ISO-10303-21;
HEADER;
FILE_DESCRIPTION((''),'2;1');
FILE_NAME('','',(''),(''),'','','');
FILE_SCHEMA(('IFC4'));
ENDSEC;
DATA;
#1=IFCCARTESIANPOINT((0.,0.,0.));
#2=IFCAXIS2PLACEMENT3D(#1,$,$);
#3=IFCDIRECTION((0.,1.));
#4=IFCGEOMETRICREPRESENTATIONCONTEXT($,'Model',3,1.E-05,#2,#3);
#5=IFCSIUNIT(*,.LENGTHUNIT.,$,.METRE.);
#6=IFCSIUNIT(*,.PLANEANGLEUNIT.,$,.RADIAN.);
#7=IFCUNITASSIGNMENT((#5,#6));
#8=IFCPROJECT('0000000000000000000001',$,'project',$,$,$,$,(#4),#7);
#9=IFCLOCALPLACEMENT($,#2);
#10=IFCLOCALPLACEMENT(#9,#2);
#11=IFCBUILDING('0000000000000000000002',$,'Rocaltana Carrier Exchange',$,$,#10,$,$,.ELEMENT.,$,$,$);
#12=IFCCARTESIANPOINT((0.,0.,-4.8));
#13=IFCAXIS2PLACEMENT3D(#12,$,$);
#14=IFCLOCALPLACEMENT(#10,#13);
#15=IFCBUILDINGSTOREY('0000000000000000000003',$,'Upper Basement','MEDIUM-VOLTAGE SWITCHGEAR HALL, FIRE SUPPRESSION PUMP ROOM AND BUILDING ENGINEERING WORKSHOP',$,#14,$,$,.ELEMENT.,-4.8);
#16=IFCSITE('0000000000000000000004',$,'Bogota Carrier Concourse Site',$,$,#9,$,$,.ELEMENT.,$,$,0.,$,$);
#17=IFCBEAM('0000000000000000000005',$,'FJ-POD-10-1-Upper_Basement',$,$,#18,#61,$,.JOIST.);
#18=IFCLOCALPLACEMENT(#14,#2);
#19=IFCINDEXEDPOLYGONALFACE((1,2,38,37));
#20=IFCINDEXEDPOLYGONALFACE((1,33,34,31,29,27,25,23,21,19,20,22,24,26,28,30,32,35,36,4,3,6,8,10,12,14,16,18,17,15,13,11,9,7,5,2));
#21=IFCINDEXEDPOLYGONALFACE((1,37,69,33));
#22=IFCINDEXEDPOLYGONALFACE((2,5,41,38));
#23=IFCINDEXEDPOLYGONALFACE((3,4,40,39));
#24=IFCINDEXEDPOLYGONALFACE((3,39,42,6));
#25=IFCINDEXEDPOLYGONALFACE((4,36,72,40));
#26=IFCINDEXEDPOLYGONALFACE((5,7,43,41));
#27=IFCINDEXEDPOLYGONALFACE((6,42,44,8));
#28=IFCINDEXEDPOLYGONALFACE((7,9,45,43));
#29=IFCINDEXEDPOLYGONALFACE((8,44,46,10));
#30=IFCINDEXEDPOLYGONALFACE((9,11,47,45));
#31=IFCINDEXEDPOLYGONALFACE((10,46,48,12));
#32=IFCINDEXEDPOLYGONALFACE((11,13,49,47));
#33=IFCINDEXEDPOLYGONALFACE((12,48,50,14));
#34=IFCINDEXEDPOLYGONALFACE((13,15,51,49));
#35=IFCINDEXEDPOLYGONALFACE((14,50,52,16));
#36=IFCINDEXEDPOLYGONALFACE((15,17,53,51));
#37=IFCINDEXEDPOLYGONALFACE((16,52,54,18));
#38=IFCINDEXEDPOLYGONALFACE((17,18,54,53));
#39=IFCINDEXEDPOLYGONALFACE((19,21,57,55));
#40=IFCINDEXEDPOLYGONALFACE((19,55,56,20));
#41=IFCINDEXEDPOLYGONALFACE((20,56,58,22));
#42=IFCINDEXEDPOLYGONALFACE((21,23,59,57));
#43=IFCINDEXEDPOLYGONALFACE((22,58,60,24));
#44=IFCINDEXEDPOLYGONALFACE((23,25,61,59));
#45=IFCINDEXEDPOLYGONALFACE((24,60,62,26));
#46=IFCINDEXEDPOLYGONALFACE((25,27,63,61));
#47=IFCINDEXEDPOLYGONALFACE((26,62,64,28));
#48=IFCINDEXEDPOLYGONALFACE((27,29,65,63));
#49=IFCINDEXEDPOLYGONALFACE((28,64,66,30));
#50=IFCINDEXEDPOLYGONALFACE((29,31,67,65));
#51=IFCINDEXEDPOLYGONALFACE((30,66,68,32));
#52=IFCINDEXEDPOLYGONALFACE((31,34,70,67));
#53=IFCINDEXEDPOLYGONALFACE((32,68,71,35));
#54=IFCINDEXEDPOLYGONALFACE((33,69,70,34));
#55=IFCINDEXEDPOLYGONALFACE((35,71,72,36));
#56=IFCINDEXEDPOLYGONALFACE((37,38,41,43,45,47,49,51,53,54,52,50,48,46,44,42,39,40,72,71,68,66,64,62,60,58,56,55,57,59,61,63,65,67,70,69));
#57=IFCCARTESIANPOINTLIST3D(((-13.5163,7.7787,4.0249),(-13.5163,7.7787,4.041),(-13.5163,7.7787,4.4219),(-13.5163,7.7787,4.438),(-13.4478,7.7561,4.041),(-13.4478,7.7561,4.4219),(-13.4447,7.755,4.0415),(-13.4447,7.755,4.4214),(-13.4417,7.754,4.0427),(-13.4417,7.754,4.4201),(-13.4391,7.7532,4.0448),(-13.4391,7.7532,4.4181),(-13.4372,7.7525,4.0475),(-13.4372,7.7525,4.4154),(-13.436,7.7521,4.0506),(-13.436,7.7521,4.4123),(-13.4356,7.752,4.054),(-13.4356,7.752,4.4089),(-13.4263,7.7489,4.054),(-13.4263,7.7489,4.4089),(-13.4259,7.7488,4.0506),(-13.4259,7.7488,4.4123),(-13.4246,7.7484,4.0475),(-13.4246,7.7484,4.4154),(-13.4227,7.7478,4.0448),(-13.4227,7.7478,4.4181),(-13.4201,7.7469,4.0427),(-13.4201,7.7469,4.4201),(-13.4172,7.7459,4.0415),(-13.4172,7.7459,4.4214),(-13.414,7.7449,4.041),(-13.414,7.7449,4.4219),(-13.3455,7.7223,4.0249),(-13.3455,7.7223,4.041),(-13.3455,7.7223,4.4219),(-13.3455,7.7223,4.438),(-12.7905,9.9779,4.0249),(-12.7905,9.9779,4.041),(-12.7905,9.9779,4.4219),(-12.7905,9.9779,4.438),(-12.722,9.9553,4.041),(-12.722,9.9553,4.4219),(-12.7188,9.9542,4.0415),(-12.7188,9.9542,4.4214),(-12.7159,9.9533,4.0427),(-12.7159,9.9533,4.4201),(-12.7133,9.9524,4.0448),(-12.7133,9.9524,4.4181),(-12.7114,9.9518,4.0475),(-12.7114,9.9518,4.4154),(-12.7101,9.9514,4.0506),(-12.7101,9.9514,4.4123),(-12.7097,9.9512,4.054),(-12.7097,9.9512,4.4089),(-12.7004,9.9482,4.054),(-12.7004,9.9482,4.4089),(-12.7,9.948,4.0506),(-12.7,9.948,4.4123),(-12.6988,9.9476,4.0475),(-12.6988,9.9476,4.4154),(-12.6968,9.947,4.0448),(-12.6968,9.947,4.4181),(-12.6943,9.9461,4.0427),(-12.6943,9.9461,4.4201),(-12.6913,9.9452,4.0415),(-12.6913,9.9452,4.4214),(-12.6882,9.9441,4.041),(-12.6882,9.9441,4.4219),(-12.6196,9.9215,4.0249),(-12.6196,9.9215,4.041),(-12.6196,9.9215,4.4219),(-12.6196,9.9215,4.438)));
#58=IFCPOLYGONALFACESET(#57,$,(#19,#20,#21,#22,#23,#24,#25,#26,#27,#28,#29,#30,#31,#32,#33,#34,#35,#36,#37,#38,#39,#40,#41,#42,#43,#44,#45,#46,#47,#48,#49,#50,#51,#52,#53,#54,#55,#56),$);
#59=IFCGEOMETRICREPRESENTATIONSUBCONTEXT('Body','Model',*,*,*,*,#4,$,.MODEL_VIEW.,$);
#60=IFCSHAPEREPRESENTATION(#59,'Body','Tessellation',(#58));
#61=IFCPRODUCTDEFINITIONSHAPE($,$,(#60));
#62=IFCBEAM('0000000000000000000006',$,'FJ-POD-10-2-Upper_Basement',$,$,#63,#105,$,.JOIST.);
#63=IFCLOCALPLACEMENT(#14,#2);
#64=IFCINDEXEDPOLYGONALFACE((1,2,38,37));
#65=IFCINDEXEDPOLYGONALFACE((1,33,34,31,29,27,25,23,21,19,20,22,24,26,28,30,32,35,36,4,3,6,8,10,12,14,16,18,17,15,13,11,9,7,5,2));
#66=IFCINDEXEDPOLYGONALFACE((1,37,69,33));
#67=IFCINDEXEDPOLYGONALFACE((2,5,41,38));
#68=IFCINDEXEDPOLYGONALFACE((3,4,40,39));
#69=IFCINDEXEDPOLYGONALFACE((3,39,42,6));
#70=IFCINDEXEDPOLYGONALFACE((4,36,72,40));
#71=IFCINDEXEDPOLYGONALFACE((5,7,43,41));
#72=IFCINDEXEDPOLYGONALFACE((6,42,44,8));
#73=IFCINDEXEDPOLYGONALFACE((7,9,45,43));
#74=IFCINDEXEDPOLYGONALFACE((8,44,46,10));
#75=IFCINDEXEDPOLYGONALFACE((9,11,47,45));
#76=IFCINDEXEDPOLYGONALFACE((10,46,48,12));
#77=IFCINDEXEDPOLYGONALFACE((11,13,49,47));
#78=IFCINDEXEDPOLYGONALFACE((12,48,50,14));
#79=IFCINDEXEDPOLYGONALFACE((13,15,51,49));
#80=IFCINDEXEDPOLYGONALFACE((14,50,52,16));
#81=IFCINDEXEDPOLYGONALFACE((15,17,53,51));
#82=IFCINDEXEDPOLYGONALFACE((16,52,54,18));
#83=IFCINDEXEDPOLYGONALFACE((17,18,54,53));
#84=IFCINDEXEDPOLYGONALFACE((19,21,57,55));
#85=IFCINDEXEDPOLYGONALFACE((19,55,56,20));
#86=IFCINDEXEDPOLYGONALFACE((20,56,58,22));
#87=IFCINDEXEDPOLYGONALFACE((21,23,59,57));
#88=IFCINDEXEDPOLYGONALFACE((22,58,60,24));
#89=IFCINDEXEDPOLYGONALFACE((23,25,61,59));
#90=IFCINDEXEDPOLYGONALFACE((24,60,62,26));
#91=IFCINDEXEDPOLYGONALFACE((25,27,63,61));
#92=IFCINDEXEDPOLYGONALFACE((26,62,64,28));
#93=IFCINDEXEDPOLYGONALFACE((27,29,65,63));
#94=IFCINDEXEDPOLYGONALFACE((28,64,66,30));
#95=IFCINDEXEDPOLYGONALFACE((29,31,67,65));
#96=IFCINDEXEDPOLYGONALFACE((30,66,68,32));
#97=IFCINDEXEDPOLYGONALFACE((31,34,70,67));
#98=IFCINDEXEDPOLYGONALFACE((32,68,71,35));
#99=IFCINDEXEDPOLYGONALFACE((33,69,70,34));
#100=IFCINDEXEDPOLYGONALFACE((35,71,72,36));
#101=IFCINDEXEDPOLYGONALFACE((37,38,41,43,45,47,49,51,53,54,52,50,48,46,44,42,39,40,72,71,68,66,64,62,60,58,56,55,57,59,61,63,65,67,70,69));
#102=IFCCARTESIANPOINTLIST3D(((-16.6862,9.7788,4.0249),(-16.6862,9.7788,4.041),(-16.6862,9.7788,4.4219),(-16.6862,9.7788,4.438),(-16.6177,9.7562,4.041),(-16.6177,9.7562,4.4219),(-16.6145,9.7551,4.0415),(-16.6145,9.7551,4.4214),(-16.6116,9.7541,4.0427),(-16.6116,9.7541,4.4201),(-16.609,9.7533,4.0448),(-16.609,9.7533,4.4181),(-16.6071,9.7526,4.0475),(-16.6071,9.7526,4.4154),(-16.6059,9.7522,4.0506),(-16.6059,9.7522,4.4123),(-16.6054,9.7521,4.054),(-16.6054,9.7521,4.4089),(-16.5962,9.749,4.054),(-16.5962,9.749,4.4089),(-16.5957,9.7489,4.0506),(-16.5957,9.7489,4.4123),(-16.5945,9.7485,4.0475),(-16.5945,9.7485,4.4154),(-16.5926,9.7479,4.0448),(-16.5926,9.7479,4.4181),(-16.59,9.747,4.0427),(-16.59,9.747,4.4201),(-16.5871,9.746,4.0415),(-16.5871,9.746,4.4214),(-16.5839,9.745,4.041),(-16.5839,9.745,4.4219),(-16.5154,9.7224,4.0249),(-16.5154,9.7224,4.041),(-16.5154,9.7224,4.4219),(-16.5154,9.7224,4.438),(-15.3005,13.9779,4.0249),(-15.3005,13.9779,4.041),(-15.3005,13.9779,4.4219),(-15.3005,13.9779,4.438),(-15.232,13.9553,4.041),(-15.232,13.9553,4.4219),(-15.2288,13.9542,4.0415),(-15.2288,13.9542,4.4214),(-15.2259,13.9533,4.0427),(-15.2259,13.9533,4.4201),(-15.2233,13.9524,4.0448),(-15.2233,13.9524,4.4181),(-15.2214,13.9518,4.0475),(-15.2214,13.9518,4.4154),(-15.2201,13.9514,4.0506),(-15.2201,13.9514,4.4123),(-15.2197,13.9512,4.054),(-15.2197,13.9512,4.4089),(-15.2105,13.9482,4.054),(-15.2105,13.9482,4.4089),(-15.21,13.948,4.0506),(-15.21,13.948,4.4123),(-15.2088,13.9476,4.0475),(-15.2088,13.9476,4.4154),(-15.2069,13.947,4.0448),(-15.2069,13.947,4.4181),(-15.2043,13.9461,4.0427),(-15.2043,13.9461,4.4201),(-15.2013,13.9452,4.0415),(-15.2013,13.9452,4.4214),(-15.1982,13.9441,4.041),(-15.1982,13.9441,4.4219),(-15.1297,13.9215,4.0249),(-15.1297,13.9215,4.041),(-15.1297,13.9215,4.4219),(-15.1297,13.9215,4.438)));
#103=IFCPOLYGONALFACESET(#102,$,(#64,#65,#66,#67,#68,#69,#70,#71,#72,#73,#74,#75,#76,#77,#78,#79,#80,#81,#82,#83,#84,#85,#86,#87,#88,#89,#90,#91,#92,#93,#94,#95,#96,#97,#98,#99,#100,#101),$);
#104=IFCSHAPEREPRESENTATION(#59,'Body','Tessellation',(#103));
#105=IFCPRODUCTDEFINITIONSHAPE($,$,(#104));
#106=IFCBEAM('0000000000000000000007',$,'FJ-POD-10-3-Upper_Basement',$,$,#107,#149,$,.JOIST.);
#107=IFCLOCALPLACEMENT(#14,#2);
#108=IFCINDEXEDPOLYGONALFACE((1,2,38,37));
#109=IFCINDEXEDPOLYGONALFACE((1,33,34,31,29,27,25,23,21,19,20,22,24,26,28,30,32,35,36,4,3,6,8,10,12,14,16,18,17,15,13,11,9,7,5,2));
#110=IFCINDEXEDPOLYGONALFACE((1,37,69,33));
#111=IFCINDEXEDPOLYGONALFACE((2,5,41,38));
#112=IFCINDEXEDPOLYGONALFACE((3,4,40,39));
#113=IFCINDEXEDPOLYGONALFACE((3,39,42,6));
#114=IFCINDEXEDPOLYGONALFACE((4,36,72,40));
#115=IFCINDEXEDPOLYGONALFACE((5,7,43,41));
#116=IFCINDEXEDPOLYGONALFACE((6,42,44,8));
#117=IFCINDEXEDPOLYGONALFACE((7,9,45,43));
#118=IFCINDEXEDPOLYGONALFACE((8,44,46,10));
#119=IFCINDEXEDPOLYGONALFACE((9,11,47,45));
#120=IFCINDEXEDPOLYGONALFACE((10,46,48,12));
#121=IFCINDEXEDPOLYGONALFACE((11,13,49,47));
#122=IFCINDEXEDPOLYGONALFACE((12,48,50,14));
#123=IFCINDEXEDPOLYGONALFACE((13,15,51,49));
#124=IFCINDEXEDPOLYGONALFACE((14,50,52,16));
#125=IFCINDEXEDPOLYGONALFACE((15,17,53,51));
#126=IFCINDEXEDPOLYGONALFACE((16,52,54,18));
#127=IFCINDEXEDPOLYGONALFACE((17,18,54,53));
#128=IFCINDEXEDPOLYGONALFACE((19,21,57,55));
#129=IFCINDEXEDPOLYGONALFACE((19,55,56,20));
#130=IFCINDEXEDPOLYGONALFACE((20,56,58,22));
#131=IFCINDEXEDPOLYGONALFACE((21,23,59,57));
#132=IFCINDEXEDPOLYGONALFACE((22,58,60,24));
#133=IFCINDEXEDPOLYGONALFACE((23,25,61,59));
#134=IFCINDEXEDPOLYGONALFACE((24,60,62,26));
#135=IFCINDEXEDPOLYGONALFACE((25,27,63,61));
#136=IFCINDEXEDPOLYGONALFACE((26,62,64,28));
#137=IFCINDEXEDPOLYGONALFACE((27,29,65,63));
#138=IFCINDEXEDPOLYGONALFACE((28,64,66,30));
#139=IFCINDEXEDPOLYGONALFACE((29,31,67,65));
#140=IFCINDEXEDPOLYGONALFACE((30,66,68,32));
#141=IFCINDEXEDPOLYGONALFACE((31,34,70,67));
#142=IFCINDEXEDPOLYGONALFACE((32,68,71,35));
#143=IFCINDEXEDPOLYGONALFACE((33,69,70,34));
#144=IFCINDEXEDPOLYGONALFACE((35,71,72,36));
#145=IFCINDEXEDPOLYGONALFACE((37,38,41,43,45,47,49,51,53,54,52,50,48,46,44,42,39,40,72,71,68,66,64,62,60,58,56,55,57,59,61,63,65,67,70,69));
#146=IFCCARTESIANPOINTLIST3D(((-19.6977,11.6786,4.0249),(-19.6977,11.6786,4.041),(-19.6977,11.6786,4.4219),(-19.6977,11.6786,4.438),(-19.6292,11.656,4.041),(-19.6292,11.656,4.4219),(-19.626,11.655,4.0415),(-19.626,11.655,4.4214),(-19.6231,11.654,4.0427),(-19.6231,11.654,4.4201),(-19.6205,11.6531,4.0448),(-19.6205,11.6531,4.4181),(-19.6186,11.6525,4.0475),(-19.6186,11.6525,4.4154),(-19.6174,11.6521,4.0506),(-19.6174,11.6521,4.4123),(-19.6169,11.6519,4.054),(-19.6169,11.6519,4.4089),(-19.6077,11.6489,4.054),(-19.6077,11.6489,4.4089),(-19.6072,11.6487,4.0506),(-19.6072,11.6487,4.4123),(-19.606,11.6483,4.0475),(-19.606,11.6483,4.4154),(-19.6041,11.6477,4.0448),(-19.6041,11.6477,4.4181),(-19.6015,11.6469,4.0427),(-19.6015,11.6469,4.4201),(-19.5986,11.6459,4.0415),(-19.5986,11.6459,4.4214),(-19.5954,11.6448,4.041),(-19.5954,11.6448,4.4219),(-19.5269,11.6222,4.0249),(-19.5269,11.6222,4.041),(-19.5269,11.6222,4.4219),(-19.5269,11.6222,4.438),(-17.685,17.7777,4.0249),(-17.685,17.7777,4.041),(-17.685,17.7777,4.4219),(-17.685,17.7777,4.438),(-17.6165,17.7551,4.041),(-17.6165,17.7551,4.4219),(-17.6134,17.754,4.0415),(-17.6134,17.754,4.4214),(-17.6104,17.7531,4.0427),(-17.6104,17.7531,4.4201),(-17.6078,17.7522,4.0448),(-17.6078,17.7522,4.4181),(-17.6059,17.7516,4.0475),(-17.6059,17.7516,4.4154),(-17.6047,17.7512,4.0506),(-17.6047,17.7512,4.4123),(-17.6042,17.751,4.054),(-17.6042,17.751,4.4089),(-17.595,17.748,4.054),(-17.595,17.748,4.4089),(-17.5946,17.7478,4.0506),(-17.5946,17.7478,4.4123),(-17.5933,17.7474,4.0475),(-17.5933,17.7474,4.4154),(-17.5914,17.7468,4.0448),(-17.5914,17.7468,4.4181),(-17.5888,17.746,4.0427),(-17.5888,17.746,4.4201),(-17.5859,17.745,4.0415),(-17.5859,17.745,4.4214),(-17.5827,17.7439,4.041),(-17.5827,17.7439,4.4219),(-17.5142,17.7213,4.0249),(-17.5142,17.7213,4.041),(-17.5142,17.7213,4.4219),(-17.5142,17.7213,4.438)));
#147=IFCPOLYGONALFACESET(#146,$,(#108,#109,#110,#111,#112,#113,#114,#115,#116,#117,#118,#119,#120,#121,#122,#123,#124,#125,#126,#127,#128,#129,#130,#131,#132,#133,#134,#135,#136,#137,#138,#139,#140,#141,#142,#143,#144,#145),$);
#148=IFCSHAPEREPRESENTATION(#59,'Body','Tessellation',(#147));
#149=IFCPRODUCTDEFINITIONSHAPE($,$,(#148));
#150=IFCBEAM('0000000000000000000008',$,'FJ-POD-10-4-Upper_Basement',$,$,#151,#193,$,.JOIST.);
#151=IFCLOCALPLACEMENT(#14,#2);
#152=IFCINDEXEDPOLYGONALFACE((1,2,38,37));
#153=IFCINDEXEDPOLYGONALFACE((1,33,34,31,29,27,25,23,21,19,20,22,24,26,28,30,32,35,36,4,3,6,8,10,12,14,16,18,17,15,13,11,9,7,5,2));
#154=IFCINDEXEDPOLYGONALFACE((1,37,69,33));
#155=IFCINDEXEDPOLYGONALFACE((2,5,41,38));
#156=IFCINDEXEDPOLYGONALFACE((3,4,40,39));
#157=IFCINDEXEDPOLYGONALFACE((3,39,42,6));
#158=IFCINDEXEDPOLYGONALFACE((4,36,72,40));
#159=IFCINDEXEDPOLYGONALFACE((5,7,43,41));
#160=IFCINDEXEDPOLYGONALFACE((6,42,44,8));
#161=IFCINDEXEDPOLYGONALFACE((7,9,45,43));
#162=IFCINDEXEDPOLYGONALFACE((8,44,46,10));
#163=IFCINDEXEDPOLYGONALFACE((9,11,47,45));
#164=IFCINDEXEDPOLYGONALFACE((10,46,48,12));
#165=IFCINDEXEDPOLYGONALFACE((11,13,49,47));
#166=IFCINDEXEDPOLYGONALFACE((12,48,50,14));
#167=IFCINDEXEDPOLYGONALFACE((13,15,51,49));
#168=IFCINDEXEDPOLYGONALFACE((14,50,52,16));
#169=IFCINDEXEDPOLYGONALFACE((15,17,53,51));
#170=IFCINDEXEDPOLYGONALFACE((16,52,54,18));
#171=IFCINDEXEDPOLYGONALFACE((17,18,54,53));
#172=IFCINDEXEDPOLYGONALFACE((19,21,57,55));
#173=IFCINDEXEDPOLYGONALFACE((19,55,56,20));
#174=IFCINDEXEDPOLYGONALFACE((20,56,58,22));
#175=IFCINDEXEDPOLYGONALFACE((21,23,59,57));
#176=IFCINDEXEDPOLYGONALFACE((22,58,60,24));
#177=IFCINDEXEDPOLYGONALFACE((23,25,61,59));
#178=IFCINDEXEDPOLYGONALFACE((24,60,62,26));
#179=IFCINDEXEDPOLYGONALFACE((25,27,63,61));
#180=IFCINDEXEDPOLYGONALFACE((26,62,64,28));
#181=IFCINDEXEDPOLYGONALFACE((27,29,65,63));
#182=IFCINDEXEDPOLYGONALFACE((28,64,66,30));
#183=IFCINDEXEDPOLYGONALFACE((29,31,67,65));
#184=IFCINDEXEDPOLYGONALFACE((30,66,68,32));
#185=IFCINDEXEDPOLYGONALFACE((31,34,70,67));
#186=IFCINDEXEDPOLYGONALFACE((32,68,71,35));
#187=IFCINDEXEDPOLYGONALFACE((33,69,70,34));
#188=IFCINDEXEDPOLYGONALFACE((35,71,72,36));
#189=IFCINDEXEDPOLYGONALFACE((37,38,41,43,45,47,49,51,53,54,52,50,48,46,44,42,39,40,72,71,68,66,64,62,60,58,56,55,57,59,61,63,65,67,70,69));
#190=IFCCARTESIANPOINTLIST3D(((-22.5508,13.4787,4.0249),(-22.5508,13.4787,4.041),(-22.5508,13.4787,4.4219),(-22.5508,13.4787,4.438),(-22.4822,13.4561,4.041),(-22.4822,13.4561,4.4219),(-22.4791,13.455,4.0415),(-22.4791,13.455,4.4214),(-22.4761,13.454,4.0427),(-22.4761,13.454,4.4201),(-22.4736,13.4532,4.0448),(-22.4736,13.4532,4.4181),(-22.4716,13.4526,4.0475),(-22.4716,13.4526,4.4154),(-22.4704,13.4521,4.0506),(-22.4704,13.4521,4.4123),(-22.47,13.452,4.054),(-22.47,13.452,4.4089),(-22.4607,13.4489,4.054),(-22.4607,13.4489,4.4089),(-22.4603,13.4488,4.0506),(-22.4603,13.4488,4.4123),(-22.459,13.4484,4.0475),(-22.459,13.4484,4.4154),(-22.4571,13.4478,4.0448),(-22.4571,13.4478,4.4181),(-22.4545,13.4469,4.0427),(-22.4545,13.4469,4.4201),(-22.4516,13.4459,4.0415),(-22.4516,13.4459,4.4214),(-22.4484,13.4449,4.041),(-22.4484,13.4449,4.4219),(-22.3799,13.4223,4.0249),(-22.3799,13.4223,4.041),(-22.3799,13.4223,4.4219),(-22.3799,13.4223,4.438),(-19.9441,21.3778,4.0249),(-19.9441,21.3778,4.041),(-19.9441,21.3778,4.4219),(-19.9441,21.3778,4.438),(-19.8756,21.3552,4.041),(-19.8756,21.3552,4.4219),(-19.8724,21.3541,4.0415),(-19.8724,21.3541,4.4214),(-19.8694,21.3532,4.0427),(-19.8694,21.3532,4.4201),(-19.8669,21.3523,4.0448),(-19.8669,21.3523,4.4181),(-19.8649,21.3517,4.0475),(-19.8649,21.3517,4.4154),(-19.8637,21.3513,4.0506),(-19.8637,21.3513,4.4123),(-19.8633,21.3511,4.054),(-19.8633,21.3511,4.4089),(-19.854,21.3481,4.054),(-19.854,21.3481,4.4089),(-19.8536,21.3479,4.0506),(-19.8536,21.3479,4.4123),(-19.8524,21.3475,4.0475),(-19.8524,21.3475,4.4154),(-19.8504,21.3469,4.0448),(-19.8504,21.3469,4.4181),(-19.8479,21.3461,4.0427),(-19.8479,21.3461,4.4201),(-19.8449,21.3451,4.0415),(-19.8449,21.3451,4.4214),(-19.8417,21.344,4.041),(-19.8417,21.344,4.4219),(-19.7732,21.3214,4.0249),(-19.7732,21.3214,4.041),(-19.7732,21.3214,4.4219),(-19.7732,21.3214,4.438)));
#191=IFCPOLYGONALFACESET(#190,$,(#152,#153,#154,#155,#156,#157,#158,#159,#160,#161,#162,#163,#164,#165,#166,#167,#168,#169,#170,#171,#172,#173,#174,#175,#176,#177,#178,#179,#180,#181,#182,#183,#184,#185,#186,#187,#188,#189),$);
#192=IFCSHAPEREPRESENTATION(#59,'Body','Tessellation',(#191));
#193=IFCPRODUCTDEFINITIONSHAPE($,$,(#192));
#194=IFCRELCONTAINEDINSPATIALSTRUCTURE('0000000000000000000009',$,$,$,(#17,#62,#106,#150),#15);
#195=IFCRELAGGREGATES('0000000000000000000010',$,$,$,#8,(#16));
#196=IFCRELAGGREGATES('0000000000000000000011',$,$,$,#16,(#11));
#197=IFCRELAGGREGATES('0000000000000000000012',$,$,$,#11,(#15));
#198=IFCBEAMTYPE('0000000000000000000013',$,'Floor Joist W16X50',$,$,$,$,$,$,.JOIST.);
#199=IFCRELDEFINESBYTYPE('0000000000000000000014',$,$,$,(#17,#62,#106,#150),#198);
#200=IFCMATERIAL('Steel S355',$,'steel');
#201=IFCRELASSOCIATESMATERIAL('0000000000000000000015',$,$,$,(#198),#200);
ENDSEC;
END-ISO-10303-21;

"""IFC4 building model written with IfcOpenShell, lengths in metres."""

from ifc_helpers import new_model, si_unit, direction, frame, origin, origin_2d, place, context, subcontext, project, spatial, i_section, extrude, material, material_profile, profile_set, type_object, element, save


model = new_model("IFC4")

# Units and contexts
model_context = context("Model", 3, precision=1e-05, world=origin(), true_north=direction((0.0, 1.0)))
body_context = subcontext(model_context, "Body", "Model", "MODEL_VIEW")
ifc_project = project(units=[si_unit("LENGTHUNIT", "METRE"), si_unit("PLANEANGLEUNIT", "RADIAN")], contexts=[model_context])

# Site, building, storey
site_placement = place(None, origin())
site = spatial("IfcSite", under=ifc_project, at=site_placement, Name="Bogota Carrier Concourse Site", CompositionType="ELEMENT", RefElevation=0.0)
building_placement = place(site_placement, origin())
building = spatial("IfcBuilding", under=site, at=building_placement, Name="Rocaltana Carrier Exchange", CompositionType="ELEMENT")
storey_placement = place(building_placement, frame((0.0, 0.0, -4.8)))
storey = spatial("IfcBuildingStorey", under=building, at=storey_placement, Name="Upper Basement", Description="MEDIUM-VOLTAGE SWITCHGEAR HALL, FIRE SUPPRESSION PUMP ROOM AND BUILDING ENGINEERING WORKSHOP", CompositionType="ELEMENT", Elevation=-4.8)

# Beams
ifc_material_1 = material(Name="Steel S355", Category="steel")
ifc_material_profile_1 = material_profile(ifc_material_1, i_section(OverallWidth=0.1799, OverallDepth=0.4131, WebThickness=0.0098, FlangeThickness=0.0161, FilletRadius=0.0129, at=origin_2d()), Name="W16X50")
ifc_profile_set_1 = profile_set([ifc_material_profile_1], Name="Steel S355")
beam_type_1 = type_object("IfcBeamType", Name="Floor Joist W16X50", PredefinedType="JOIST", material=ifc_profile_set_1)
beam_1_placement = place(storey_placement, frame((-12.7051, 9.9497, 4.2314), z_axis=(-0.313412, -0.949617, 0.0), x_axis=(0.949617, -0.313412, 0.0)))
element("IfcBeam", 1, at=beam_1_placement, inside=storey, type_object=beam_type_1, Name="FJ-POD-10-1-Upper_Basement", PredefinedType="JOIST", context=body_context, shape_type="SweptSolid", body=[
    extrude(i_section(OverallWidth=0.1799, OverallDepth=0.4131, WebThickness=0.0098, FlangeThickness=0.0161, FilletRadius=0.0129, at=origin_2d()), origin(), (0.0, 0.0, 1.0), 2.3159),
])
beam_2_placement = place(storey_placement, frame((-15.2151, 13.9497, 4.2314), z_axis=(-0.313377, -0.949629, 0.0), x_axis=(0.949629, -0.313377, 0.0)))
element("IfcBeam", 2, at=beam_2_placement, inside=storey, type_object=beam_type_1, Name="FJ-POD-10-2-Upper_Basement", PredefinedType="JOIST", context=body_context, shape_type="SweptSolid", body=[
    extrude(i_section(OverallWidth=0.1799, OverallDepth=0.4131, WebThickness=0.0098, FlangeThickness=0.0161, FilletRadius=0.0129, at=origin_2d()), origin(), (0.0, 0.0, 1.0), 4.4219),
])
beam_3_placement = place(storey_placement, frame((-17.5996, 17.7495, 4.2314), z_axis=(-0.313375, -0.949629, 0.0), x_axis=(0.949629, -0.313375, 0.0)))
element("IfcBeam", 3, at=beam_3_placement, inside=storey, type_object=beam_type_1, Name="FJ-POD-10-3-Upper_Basement", PredefinedType="JOIST", context=body_context, shape_type="SweptSolid", body=[
    extrude(i_section(OverallWidth=0.1799, OverallDepth=0.4131, WebThickness=0.0098, FlangeThickness=0.0161, FilletRadius=0.0129, at=origin_2d()), origin(), (0.0, 0.0, 1.0), 6.4226),
])
beam_4_placement = place(storey_placement, frame((-19.8586, 21.3496, 4.2314), z_axis=(-0.313373, -0.94963, 0.0), x_axis=(0.94963, -0.313373, 0.0)))
element("IfcBeam", 4, at=beam_4_placement, inside=storey, type_object=beam_type_1, Name="FJ-POD-10-4-Upper_Basement", PredefinedType="JOIST", context=body_context, shape_type="SweptSolid", body=[
    extrude(i_section(OverallWidth=0.1799, OverallDepth=0.4131, WebThickness=0.0098, FlangeThickness=0.0161, FilletRadius=0.0129, at=origin_2d()), origin(), (0.0, 0.0, 1.0), 8.3181),
])

save(model, "model.ifc")
